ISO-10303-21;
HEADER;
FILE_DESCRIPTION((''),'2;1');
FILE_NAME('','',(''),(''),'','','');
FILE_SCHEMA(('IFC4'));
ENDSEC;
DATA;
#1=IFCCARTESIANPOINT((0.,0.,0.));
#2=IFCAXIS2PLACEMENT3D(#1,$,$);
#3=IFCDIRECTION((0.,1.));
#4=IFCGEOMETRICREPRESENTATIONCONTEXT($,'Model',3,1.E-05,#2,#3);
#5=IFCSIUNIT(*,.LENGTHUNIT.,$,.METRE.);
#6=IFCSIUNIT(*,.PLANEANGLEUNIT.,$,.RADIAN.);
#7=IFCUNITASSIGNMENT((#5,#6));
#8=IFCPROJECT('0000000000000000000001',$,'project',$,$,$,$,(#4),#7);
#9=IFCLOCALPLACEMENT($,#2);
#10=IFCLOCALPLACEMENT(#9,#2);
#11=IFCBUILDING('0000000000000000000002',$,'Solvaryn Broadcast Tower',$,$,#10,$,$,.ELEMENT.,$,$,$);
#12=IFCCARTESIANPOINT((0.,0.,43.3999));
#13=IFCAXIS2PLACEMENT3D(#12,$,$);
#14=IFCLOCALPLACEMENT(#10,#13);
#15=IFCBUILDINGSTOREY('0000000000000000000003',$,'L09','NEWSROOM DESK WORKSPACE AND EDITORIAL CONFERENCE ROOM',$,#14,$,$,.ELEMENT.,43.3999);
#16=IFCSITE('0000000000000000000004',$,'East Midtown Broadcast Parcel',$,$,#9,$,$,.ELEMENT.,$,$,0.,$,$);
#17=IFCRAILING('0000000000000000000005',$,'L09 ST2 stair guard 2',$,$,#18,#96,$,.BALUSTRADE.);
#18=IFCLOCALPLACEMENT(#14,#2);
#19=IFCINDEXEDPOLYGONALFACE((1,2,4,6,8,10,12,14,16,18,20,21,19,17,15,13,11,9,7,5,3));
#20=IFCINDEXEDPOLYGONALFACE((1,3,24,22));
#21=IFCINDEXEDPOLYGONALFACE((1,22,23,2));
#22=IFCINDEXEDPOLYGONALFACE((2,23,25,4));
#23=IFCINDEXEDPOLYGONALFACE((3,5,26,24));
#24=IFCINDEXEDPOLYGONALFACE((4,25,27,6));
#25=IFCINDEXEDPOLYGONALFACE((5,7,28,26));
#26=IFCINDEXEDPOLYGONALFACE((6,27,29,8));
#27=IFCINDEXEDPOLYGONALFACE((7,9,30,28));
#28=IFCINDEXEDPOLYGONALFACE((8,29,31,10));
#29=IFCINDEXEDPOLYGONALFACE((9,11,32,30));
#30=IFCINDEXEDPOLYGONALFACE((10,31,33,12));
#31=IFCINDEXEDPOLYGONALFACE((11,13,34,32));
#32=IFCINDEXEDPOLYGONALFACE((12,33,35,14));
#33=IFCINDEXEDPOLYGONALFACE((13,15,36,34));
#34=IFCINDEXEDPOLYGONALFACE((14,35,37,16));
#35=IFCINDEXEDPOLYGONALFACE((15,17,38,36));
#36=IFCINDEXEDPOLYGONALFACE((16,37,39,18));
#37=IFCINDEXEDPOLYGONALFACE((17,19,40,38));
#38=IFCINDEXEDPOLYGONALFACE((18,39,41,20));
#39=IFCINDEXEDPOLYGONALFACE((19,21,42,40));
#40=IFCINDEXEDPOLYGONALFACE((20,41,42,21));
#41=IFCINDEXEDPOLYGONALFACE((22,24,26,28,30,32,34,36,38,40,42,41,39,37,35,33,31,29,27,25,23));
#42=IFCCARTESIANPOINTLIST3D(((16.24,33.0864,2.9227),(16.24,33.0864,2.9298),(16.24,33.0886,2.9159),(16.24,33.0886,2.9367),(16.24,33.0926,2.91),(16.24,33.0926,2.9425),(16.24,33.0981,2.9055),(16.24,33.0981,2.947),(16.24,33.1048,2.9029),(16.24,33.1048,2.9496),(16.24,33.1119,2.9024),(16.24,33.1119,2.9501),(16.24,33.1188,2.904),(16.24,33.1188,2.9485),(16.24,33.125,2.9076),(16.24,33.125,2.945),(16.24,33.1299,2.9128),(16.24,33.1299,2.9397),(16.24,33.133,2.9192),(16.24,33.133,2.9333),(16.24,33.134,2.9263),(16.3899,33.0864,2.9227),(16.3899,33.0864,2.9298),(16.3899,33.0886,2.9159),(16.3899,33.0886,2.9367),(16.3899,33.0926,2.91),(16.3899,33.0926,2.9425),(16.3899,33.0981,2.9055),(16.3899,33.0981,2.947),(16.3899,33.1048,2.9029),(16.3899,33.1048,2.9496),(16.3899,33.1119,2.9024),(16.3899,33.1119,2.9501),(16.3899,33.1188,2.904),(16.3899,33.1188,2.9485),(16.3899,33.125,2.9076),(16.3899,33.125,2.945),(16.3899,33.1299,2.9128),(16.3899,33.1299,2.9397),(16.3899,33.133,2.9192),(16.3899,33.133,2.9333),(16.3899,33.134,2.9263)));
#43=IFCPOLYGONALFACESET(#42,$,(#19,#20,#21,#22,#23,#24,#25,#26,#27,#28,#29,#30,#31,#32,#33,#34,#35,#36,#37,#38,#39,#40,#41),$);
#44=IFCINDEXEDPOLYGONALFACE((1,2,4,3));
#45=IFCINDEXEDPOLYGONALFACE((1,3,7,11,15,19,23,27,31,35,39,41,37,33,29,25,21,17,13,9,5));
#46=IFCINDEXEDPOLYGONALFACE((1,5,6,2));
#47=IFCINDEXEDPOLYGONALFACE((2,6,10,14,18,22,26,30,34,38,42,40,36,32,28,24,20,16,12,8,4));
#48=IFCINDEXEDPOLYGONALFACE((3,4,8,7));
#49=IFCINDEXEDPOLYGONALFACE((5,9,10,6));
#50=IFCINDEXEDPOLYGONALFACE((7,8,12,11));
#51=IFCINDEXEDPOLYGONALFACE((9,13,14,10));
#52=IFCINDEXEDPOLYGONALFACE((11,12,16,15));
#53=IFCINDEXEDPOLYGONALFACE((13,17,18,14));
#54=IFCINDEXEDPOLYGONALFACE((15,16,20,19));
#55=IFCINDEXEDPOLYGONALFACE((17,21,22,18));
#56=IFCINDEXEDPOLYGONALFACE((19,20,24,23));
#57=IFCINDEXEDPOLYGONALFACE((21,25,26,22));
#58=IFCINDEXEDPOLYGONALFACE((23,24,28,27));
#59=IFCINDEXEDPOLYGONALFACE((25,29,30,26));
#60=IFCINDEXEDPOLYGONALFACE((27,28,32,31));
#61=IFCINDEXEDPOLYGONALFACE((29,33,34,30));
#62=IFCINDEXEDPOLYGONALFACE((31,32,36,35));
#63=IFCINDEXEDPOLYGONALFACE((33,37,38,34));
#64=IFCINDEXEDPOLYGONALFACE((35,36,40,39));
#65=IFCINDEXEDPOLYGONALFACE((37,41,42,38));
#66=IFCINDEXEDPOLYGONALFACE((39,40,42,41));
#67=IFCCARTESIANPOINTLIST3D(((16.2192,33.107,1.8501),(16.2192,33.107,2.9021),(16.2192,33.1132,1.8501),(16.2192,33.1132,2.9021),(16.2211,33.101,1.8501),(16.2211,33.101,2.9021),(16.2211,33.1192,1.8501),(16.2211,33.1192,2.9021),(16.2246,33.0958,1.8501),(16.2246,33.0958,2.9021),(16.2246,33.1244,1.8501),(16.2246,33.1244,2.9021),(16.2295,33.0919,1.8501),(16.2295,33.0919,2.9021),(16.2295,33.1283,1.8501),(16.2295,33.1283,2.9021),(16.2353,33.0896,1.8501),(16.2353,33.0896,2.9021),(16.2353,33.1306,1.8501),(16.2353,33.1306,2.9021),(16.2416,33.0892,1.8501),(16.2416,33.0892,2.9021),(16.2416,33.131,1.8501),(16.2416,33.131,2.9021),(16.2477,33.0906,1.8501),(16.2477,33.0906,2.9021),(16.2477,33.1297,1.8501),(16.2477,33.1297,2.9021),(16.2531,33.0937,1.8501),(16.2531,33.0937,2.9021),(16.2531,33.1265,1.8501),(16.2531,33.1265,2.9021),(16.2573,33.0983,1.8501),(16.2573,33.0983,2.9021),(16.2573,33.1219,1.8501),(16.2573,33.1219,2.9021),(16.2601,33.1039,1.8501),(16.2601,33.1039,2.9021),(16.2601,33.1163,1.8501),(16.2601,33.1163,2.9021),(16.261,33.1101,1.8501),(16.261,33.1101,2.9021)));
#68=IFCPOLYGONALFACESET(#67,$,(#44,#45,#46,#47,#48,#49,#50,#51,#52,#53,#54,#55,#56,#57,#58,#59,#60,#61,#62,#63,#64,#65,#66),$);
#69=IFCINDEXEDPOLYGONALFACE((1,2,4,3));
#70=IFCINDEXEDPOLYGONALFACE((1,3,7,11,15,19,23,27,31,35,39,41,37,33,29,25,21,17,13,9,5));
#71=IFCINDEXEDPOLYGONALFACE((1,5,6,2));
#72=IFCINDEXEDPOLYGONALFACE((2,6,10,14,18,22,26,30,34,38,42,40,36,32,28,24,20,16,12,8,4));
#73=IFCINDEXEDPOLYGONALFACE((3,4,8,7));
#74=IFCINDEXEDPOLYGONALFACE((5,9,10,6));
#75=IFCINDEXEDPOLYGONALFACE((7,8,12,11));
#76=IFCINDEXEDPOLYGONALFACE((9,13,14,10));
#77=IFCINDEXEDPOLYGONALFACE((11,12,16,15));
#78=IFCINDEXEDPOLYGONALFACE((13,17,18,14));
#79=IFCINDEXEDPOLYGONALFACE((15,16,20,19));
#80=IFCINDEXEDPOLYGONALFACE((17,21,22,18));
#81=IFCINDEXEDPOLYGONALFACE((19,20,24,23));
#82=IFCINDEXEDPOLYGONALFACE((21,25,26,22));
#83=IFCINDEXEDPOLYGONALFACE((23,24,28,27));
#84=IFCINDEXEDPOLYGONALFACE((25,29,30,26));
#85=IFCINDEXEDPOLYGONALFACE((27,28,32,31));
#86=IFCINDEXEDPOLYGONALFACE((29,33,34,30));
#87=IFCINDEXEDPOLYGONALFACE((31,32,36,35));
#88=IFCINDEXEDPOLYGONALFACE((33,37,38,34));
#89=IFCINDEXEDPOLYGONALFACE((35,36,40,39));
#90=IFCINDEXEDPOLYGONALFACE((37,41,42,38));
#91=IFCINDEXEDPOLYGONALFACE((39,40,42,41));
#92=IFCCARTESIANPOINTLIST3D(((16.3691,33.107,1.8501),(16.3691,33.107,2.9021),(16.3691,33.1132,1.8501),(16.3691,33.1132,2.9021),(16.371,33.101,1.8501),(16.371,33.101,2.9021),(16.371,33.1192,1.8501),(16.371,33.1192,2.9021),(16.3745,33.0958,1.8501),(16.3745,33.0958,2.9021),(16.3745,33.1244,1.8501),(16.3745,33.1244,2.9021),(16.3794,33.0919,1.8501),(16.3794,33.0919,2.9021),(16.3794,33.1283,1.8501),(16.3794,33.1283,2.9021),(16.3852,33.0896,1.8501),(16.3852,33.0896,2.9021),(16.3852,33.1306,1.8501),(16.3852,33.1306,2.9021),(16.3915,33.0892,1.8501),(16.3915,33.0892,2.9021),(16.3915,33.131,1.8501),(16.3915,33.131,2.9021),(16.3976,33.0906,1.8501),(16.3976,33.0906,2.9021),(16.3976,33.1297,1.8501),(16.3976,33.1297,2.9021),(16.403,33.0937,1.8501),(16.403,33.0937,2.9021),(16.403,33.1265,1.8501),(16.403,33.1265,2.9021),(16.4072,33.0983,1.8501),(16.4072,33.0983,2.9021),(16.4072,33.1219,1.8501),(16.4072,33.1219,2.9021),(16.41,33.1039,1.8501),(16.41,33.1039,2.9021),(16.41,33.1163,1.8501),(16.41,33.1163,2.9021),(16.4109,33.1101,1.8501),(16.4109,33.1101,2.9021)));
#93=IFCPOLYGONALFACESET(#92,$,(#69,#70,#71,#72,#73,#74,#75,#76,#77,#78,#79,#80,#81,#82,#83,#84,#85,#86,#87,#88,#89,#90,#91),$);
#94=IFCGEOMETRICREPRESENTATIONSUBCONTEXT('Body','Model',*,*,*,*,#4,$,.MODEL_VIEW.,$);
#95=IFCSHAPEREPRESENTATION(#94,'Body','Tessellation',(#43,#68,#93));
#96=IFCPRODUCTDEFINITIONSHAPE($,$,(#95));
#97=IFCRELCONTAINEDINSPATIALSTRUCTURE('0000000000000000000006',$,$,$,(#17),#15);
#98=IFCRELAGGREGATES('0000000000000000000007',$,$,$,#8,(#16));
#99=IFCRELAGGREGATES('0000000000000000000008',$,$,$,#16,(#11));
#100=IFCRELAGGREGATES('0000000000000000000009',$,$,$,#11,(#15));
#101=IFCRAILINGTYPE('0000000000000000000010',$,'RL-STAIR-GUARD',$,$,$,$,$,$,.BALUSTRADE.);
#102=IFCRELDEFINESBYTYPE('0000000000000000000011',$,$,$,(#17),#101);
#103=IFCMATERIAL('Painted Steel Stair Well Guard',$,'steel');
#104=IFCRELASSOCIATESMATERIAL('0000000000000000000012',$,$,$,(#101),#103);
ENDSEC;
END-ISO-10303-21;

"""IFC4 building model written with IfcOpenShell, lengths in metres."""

from ifc_helpers import new_model, si_unit, direction, frame, origin, origin_2d, place, context, subcontext, project, spatial, circle, extrude, material, type_object, element, save


model = new_model("IFC4")

# Units and contexts
model_context = context("Model", 3, precision=1e-05, world=origin(), true_north=direction((0.0, 1.0)))
body_context = subcontext(model_context, "Body", "Model", "MODEL_VIEW")
ifc_project = project(units=[si_unit("LENGTHUNIT", "METRE"), si_unit("PLANEANGLEUNIT", "RADIAN")], contexts=[model_context])

# Site, building, storey
site_placement = place(None, origin())
site = spatial("IfcSite", under=ifc_project, at=site_placement, Name="East Midtown Broadcast Parcel", CompositionType="ELEMENT", RefElevation=0.0)
building_placement = place(site_placement, origin())
building = spatial("IfcBuilding", under=site, at=building_placement, Name="Solvaryn Broadcast Tower", CompositionType="ELEMENT")
storey_placement = place(building_placement, frame((0.0, 0.0, 43.3999)))
storey = spatial("IfcBuildingStorey", under=building, at=storey_placement, Name="L09", Description="NEWSROOM DESK WORKSPACE AND EDITORIAL CONFERENCE ROOM", CompositionType="ELEMENT", Elevation=43.3999)

# Railing
ifc_material_1 = material(Name="Painted Steel Stair Well Guard", Category="steel")
railing_type_1 = type_object("IfcRailingType", Name="RL-STAIR-GUARD", PredefinedType="BALUSTRADE", material=ifc_material_1)
railing_1_placement = place(storey_placement, frame((16.24, 33.1101, 1.8501)))
element("IfcRailing", 1, at=railing_1_placement, inside=storey, type_object=railing_type_1, Name="L09 ST2 stair guard 2", PredefinedType="BALUSTRADE", context=body_context, shape_type="SweptSolid", body=[
    extrude(circle(Radius=0.0239, at=origin_2d()), frame((0.0, 0.0, 1.0762), z_axis=(1.0, 0.0, 0.0), x_axis=(0.0, 1.0, 0.0)), (0.0, 0.0, 1.0), 0.1499),
    extrude(circle(Radius=0.021, at=origin_2d()), origin(), (0.0, 0.0, 1.0), 1.052),
    extrude(circle(Radius=0.021, at=origin_2d()), frame((0.1499, 0.0, 0.0)), (0.0, 0.0, 1.0), 1.052),
])

save(model, "model.ifc")
